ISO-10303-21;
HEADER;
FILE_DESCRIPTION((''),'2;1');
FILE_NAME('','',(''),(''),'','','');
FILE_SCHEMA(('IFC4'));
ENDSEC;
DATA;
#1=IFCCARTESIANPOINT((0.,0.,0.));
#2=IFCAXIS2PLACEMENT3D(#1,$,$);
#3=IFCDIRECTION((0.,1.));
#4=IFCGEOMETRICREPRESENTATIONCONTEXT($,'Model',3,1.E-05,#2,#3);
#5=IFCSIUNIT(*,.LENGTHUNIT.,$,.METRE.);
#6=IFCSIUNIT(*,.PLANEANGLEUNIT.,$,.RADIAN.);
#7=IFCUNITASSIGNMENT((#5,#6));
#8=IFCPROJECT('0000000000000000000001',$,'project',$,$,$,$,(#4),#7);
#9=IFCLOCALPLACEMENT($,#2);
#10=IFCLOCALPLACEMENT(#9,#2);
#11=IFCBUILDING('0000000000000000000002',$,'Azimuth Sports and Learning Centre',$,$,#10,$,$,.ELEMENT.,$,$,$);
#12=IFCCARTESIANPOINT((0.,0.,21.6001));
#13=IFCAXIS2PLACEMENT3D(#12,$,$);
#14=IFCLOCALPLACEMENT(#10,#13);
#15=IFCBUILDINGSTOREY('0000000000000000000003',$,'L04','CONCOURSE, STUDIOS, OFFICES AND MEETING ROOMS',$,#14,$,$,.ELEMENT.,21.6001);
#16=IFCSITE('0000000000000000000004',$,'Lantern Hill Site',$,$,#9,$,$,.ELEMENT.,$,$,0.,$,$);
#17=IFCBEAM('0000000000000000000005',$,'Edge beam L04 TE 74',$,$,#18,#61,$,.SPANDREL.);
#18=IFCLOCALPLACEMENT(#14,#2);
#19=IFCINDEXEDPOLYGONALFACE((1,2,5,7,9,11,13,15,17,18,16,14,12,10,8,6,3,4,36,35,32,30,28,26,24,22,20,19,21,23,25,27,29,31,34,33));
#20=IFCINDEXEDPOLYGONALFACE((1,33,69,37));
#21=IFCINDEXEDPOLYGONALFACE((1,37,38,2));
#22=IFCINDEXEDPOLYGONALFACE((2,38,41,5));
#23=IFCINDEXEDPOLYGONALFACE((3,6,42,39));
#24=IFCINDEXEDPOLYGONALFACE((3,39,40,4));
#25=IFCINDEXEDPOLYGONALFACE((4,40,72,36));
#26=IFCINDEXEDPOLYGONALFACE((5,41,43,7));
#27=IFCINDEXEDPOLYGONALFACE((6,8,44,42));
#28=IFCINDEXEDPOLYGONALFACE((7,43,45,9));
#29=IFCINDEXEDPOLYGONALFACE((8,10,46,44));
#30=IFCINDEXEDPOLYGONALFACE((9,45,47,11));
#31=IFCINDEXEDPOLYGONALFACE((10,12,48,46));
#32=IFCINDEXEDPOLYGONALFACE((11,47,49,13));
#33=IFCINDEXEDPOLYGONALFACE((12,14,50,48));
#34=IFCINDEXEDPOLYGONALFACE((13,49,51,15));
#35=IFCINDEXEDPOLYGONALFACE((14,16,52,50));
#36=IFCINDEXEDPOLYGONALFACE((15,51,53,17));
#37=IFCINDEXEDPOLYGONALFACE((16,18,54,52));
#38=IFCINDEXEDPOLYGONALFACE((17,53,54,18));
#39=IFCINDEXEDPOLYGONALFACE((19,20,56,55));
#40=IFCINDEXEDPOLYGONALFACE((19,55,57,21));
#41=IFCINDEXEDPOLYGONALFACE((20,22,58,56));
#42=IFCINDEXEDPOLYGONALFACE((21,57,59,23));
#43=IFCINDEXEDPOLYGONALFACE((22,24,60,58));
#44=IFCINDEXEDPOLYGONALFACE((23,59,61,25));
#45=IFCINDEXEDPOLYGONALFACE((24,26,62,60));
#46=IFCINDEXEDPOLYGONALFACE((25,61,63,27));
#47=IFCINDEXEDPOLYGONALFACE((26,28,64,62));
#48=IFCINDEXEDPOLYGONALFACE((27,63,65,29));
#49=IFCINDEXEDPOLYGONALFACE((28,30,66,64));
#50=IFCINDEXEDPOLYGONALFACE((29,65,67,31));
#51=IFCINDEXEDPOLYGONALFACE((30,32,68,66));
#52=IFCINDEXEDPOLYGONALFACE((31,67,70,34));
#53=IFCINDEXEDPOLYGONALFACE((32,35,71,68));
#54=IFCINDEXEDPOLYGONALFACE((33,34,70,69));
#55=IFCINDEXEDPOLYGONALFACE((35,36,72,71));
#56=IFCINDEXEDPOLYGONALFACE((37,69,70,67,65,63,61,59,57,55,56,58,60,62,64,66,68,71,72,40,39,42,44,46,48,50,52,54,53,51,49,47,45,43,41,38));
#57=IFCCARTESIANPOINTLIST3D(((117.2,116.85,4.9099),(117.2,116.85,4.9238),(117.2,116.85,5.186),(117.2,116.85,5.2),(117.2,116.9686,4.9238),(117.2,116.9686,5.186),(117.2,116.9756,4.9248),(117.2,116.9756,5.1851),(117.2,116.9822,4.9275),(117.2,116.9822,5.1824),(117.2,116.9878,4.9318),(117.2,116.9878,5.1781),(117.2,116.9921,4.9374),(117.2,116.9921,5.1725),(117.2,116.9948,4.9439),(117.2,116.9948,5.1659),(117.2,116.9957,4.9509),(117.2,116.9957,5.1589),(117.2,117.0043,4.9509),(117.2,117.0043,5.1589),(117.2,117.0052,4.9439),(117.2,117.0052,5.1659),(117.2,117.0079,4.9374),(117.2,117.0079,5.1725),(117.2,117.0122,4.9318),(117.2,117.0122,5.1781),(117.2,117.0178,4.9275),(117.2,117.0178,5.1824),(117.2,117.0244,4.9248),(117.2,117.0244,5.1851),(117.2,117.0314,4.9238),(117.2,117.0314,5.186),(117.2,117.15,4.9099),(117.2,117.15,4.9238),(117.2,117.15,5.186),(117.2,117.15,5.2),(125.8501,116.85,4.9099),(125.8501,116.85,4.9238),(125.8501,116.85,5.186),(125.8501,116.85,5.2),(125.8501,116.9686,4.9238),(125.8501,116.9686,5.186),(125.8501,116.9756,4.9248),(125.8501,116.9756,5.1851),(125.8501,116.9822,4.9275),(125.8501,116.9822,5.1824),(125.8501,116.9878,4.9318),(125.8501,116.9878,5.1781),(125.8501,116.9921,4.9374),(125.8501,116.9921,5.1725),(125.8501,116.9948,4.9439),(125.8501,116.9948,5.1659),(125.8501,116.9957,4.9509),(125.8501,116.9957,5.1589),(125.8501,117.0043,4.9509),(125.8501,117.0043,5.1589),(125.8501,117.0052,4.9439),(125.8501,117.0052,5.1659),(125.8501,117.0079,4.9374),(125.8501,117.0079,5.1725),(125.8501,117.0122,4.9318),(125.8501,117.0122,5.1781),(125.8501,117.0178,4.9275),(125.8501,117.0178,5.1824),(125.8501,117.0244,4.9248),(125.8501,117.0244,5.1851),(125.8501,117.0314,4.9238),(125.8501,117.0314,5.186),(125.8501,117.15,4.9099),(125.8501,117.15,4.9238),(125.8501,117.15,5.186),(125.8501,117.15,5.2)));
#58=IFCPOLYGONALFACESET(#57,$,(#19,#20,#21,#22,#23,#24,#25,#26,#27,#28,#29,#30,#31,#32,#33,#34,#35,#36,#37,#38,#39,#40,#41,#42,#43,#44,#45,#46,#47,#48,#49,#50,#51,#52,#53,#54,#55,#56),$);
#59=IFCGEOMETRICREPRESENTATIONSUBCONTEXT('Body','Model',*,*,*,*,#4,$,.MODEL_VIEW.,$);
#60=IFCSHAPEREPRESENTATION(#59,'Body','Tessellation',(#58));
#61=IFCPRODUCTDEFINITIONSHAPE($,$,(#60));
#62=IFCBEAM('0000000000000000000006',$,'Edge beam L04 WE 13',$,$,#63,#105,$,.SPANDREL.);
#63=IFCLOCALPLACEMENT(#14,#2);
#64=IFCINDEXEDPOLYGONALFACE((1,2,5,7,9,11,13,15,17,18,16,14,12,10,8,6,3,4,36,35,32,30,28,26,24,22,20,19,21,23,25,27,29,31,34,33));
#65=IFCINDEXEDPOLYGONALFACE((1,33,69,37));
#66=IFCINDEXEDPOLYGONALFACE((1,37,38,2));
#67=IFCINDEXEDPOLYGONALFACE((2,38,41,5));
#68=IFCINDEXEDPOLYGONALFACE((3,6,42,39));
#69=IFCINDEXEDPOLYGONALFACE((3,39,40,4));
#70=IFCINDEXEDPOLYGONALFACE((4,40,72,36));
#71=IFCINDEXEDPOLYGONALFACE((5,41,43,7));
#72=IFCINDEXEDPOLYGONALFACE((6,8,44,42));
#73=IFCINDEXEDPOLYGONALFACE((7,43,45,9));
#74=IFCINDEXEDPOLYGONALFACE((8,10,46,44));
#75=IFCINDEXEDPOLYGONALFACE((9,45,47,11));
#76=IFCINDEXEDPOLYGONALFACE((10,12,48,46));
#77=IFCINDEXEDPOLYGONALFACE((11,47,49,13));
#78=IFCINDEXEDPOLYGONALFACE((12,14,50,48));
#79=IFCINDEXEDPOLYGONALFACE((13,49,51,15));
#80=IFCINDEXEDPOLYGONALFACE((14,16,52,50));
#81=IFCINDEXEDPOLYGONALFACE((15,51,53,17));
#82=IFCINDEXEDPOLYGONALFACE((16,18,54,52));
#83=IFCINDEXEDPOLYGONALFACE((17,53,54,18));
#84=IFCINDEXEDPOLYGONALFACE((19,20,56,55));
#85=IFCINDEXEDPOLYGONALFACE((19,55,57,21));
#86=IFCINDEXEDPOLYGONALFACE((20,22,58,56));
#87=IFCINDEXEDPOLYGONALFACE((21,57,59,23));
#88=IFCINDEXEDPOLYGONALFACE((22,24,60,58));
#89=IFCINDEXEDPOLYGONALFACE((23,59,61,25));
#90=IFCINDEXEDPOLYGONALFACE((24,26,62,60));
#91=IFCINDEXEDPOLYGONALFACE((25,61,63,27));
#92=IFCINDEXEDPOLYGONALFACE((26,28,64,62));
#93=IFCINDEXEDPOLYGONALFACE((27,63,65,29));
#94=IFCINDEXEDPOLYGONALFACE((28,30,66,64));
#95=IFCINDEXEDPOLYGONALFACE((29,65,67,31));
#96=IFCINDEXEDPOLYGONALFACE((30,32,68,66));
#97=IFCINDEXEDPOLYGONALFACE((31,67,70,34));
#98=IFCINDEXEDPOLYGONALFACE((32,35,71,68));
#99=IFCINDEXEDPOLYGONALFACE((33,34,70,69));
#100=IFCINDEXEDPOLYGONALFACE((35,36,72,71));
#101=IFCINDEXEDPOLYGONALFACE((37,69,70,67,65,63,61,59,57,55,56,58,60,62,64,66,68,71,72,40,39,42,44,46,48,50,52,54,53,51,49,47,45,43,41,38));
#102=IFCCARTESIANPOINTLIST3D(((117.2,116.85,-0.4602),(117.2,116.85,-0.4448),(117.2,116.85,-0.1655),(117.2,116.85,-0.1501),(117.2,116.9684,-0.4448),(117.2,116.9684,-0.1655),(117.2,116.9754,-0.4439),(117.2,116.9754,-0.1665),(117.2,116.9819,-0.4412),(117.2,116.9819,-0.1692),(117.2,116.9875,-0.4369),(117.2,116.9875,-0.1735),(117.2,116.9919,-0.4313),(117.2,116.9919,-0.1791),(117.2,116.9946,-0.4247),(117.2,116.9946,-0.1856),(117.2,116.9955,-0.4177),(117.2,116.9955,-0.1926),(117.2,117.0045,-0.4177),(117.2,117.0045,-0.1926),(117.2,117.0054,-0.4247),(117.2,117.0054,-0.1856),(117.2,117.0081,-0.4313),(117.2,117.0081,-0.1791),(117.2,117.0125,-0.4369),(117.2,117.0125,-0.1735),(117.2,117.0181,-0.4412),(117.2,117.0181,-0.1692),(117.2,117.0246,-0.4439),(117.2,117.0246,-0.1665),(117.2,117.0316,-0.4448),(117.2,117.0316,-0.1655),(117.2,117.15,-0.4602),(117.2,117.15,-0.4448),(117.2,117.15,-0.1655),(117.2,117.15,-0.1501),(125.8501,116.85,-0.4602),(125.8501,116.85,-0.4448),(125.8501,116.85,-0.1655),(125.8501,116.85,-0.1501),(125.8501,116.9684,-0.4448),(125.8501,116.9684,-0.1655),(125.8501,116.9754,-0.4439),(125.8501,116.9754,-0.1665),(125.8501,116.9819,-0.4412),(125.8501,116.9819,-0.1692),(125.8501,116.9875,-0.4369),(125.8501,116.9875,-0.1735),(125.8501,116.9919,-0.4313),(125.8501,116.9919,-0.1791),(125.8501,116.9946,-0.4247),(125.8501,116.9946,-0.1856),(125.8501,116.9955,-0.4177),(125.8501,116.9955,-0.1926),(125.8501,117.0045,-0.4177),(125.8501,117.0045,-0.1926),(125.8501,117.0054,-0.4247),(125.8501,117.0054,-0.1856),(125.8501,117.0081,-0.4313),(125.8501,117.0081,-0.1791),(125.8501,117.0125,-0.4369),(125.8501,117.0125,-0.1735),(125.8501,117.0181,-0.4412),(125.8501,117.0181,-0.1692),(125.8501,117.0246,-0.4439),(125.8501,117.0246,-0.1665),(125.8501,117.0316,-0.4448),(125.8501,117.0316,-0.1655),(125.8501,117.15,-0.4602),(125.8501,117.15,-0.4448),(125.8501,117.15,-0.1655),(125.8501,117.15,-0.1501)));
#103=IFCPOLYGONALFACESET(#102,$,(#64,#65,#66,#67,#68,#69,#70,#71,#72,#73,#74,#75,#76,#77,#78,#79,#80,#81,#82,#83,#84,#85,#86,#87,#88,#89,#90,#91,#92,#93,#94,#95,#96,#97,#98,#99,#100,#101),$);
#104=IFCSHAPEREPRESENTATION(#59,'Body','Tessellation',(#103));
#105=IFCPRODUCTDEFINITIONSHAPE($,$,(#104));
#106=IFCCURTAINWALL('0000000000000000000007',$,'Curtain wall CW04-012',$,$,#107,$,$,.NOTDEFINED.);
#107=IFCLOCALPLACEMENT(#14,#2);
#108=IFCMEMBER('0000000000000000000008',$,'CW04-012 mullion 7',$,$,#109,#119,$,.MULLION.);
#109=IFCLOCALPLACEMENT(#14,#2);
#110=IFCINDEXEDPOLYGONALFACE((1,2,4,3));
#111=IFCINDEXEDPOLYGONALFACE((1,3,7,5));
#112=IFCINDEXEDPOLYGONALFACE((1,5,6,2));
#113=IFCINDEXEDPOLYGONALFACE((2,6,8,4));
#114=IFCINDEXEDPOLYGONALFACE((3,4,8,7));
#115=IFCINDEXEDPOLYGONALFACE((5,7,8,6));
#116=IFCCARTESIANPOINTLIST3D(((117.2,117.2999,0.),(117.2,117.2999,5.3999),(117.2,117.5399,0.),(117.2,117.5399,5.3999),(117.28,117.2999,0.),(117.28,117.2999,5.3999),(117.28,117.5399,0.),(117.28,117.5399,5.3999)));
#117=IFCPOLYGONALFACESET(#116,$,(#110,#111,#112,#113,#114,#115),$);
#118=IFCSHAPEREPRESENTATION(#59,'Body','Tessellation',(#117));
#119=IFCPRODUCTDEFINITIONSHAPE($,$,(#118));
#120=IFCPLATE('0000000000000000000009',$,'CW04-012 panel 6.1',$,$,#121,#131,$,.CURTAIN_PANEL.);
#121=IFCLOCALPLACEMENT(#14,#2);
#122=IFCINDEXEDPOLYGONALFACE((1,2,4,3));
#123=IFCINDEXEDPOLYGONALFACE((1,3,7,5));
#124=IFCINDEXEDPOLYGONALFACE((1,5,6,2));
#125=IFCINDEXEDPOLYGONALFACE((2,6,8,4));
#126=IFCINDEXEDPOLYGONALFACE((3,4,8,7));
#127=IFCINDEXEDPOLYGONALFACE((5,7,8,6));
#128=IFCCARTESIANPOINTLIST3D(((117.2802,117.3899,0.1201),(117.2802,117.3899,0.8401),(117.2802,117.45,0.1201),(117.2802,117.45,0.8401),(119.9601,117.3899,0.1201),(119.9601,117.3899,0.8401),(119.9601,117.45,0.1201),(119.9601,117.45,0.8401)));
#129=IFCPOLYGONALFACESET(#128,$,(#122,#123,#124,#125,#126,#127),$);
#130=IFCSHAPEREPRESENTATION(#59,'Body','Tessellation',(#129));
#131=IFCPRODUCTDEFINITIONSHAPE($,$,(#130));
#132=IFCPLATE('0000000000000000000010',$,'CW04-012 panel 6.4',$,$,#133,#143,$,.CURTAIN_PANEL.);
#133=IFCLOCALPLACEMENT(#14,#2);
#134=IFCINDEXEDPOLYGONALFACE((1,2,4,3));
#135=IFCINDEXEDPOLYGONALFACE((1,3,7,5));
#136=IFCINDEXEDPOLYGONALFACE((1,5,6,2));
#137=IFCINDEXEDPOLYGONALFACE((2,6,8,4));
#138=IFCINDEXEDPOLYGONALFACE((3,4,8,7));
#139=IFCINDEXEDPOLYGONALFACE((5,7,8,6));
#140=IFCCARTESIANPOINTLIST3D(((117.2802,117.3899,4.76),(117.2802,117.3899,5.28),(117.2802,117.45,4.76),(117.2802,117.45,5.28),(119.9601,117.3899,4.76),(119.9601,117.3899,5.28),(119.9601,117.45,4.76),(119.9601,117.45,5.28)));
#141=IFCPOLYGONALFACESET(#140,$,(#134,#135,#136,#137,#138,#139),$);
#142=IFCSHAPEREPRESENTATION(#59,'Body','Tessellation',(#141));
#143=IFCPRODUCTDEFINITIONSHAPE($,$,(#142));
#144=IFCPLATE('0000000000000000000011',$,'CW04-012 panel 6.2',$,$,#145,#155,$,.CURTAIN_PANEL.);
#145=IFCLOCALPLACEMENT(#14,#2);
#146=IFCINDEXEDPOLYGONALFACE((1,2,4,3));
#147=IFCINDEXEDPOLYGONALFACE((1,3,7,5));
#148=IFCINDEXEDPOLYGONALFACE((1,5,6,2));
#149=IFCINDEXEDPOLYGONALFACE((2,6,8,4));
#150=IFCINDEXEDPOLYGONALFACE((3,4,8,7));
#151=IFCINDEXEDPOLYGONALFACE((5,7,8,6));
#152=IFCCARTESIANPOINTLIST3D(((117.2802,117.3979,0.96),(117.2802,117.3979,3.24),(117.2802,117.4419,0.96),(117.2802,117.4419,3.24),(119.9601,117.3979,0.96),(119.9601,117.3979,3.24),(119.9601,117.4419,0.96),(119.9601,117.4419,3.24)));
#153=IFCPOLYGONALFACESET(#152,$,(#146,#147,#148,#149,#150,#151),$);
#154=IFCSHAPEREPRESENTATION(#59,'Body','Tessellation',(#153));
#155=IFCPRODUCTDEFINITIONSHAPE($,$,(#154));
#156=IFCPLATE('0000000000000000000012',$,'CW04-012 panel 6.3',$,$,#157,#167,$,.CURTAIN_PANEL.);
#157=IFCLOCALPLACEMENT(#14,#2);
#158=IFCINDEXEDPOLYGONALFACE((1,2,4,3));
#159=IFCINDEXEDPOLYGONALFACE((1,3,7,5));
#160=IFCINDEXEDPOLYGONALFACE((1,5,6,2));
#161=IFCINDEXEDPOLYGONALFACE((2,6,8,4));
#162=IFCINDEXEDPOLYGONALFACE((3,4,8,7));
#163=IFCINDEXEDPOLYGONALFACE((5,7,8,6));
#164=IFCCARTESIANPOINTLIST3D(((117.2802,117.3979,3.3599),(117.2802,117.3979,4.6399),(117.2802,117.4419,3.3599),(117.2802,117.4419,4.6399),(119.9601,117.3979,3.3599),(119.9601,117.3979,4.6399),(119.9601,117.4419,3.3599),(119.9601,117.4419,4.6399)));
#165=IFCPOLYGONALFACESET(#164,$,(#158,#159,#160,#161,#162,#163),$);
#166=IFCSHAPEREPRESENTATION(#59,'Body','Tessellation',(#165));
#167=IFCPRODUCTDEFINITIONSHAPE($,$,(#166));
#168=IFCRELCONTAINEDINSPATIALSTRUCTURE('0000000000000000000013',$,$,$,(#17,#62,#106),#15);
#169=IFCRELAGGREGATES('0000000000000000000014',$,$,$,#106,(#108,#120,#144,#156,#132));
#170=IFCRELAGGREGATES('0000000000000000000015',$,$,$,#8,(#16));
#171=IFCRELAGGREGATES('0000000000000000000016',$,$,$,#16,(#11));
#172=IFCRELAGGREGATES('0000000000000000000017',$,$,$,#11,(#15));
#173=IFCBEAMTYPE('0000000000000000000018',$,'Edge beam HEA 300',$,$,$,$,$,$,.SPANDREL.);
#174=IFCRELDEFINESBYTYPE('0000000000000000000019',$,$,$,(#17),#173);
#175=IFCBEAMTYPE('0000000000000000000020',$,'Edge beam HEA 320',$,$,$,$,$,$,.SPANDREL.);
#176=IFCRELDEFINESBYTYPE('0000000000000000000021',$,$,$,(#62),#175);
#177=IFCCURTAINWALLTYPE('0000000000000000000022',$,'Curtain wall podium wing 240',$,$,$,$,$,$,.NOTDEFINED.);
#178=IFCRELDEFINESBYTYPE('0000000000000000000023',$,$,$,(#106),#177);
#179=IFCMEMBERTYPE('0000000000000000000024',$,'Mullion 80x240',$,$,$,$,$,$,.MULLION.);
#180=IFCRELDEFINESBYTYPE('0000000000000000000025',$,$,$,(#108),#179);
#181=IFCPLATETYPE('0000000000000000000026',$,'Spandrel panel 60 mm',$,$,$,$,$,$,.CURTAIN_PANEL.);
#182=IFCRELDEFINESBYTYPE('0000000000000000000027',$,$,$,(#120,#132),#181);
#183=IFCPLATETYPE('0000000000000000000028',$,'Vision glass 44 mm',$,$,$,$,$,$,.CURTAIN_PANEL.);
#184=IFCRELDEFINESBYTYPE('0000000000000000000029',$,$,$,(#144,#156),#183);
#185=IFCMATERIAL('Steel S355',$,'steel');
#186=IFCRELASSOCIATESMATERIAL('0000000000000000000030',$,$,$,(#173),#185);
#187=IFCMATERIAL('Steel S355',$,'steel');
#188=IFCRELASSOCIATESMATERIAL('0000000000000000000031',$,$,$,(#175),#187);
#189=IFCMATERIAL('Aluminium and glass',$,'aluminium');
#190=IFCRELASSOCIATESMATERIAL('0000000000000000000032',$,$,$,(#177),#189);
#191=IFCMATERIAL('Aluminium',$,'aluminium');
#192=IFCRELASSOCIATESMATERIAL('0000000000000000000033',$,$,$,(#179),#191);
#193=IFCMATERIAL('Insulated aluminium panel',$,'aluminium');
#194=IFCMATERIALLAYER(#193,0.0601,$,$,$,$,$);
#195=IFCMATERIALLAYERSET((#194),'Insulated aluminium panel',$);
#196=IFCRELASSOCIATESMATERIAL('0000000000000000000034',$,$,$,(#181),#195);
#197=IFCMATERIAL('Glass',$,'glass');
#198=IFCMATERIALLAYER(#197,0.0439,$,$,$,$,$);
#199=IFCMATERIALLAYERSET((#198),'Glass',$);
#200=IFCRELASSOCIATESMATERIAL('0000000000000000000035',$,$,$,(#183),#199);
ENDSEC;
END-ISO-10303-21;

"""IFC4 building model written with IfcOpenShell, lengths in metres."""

from ifc_helpers import new_model, si_unit, direction, frame, origin, origin_2d, place, context, subcontext, project, spatial, rectangle, i_section, extrude, material, layer, layer_set, material_profile, profile_set, type_object, element, aggregate, save


model = new_model("IFC4")

# Units and contexts
model_context = context("Model", 3, precision=1e-05, world=origin(), true_north=direction((0.0, 1.0)))
body_context = subcontext(model_context, "Body", "Model", "MODEL_VIEW")
ifc_project = project(units=[si_unit("LENGTHUNIT", "METRE"), si_unit("PLANEANGLEUNIT", "RADIAN")], contexts=[model_context])

# Site, building, storey
site_placement = place(None, origin())
site = spatial("IfcSite", under=ifc_project, at=site_placement, Name="Lantern Hill Site", CompositionType="ELEMENT", RefElevation=0.0)
building_placement = place(site_placement, origin())
building = spatial("IfcBuilding", under=site, at=building_placement, Name="Azimuth Sports and Learning Centre", CompositionType="ELEMENT")
storey_placement = place(building_placement, frame((0.0, 0.0, 21.6001)))
storey = spatial("IfcBuildingStorey", under=building, at=storey_placement, Name="L04", Description="CONCOURSE, STUDIOS, OFFICES AND MEETING ROOMS", CompositionType="ELEMENT", Elevation=21.6001)

# Beams
ifc_material_1 = material(Name="Steel S355", Category="steel")
ifc_material_profile_1 = material_profile(ifc_material_1, i_section(OverallWidth=0.3, OverallDepth=0.29, WebThickness=0.0085, FlangeThickness=0.0139, FilletRadius=0.0271, at=origin_2d()), Name="HEA 300")
ifc_profile_set_1 = profile_set([ifc_material_profile_1], Name="Steel S355")
beam_type_1 = type_object("IfcBeamType", Name="Edge beam HEA 300", PredefinedType="SPANDREL", material=ifc_profile_set_1)
beam_1_placement = place(storey_placement, frame((117.2, 117.0, 5.0549), z_axis=(1.0, 0.0, 0.0), x_axis=(0.0, 1.0, 0.0)))
element("IfcBeam", 1, at=beam_1_placement, inside=storey, type_object=beam_type_1, Name="Edge beam L04 TE 74", PredefinedType="SPANDREL", context=body_context, shape_type="SweptSolid", body=[
    extrude(i_section(OverallWidth=0.3, OverallDepth=0.29, WebThickness=0.0085, FlangeThickness=0.0139, FilletRadius=0.0271, at=origin_2d()), origin(), (0.0, 0.0, 1.0), 8.6501),
])
ifc_material_2 = material(Name="Steel S355", Category="steel")
ifc_material_profile_2 = material_profile(ifc_material_2, i_section(OverallWidth=0.3, OverallDepth=0.3101, WebThickness=0.009, FlangeThickness=0.0154, FilletRadius=0.0271, at=origin_2d()), Name="HEA 320")
ifc_profile_set_2 = profile_set([ifc_material_profile_2], Name="Steel S355")
beam_type_2 = type_object("IfcBeamType", Name="Edge beam HEA 320", PredefinedType="SPANDREL", material=ifc_profile_set_2)
beam_2_placement = place(storey_placement, frame((117.2, 117.0, -0.3052), z_axis=(1.0, 0.0, 0.0), x_axis=(0.0, 1.0, 0.0)))
element("IfcBeam", 2, at=beam_2_placement, inside=storey, type_object=beam_type_2, Name="Edge beam L04 WE 13", PredefinedType="SPANDREL", context=body_context, shape_type="SweptSolid", body=[
    extrude(i_section(OverallWidth=0.3, OverallDepth=0.3101, WebThickness=0.009, FlangeThickness=0.0154, FilletRadius=0.0271, at=origin_2d()), origin(), (0.0, 0.0, 1.0), 8.6501),
])

# Curtain wall, member, plates
ifc_material_3 = material(Name="Aluminium and glass", Category="aluminium")
curtain_wall_type = type_object("IfcCurtainWallType", Name="Curtain wall podium wing 240", PredefinedType="NOTDEFINED", material=ifc_material_3)
curtain_wall_placement = place(storey_placement, origin())
curtain_wall = element("IfcCurtainWall", 3, at=curtain_wall_placement, inside=storey, type_object=curtain_wall_type, Name="Curtain wall CW04-012", PredefinedType="NOTDEFINED")
ifc_material_4 = material(Name="Aluminium", Category="aluminium")
ifc_material_profile_3 = material_profile(ifc_material_4, rectangle(XDim=0.24, YDim=0.0801, at=origin_2d()), Name="Mullion 80x240")
ifc_profile_set_3 = profile_set([ifc_material_profile_3], Name="Aluminium")
member_type = type_object("IfcMemberType", Name="Mullion 80x240", PredefinedType="MULLION", material=ifc_profile_set_3)
member_placement = place(storey_placement, frame((117.24, 117.4199, 0.0), z_axis=(0.0, 0.0, 1.0), x_axis=(0.0, -1.0, 0.0)))
member = element("IfcMember", 4, at=member_placement, type_object=member_type, Name="CW04-012 mullion 7", PredefinedType="MULLION", context=body_context, shape_type="SweptSolid", body=[
    extrude(rectangle(XDim=0.24, YDim=0.0801, at=origin_2d()), origin(), (0.0, 0.0, 1.0), 5.3999),
])
ifc_material_5 = material(Name="Insulated aluminium panel", Category="aluminium")
ifc_layer_1 = layer(ifc_material_5, 0.0601)
ifc_layer_set_1 = layer_set([ifc_layer_1], Name="Insulated aluminium panel")
plate_type_1 = type_object("IfcPlateType", Name="Spandrel panel 60 mm", PredefinedType="CURTAIN_PANEL", material=ifc_layer_set_1)
plate_1_placement = place(storey_placement, frame((118.6201, 117.4199, 0.1201), z_axis=(0.0, 0.0, 1.0), x_axis=(-1.0, 0.0, 0.0)))
plate_1 = element("IfcPlate", 5, at=plate_1_placement, type_object=plate_type_1, Name="CW04-012 panel 6.1", PredefinedType="CURTAIN_PANEL", context=body_context, shape_type="SweptSolid", body=[
    extrude(rectangle(XDim=2.6799, YDim=0.0601, at=origin_2d()), origin(), (0.0, 0.0, 1.0), 0.72),
])
plate_2_placement = place(storey_placement, frame((118.6201, 117.4199, 4.76), z_axis=(0.0, 0.0, 1.0), x_axis=(-1.0, 0.0, 0.0)))
plate_2 = element("IfcPlate", 6, at=plate_2_placement, type_object=plate_type_1, Name="CW04-012 panel 6.4", PredefinedType="CURTAIN_PANEL", context=body_context, shape_type="SweptSolid", body=[
    extrude(rectangle(XDim=2.6799, YDim=0.0601, at=origin_2d()), origin(), (0.0, 0.0, 1.0), 0.52),
])
ifc_material_6 = material(Name="Glass", Category="glass")
ifc_layer_2 = layer(ifc_material_6, 0.0439)
ifc_layer_set_2 = layer_set([ifc_layer_2], Name="Glass")
plate_type_2 = type_object("IfcPlateType", Name="Vision glass 44 mm", PredefinedType="CURTAIN_PANEL", material=ifc_layer_set_2)
plate_3_placement = place(storey_placement, frame((118.6201, 117.4199, 0.96), z_axis=(0.0, 0.0, 1.0), x_axis=(-1.0, 0.0, 0.0)))
plate_3 = element("IfcPlate", 7, at=plate_3_placement, type_object=plate_type_2, Name="CW04-012 panel 6.2", PredefinedType="CURTAIN_PANEL", context=body_context, shape_type="SweptSolid", body=[
    extrude(rectangle(XDim=2.6799, YDim=0.0439, at=origin_2d()), origin(), (0.0, 0.0, 1.0), 2.28),
])
plate_4_placement = place(storey_placement, frame((118.6201, 117.4199, 3.3599), z_axis=(0.0, 0.0, 1.0), x_axis=(-1.0, 0.0, 0.0)))
plate_4 = element("IfcPlate", 8, at=plate_4_placement, type_object=plate_type_2, Name="CW04-012 panel 6.3", PredefinedType="CURTAIN_PANEL", context=body_context, shape_type="SweptSolid", body=[
    extrude(rectangle(XDim=2.6799, YDim=0.0439, at=origin_2d()), origin(), (0.0, 0.0, 1.0), 1.28),
])
aggregate(curtain_wall, [member, plate_1, plate_3, plate_4, plate_2])

save(model, "model.ifc")
